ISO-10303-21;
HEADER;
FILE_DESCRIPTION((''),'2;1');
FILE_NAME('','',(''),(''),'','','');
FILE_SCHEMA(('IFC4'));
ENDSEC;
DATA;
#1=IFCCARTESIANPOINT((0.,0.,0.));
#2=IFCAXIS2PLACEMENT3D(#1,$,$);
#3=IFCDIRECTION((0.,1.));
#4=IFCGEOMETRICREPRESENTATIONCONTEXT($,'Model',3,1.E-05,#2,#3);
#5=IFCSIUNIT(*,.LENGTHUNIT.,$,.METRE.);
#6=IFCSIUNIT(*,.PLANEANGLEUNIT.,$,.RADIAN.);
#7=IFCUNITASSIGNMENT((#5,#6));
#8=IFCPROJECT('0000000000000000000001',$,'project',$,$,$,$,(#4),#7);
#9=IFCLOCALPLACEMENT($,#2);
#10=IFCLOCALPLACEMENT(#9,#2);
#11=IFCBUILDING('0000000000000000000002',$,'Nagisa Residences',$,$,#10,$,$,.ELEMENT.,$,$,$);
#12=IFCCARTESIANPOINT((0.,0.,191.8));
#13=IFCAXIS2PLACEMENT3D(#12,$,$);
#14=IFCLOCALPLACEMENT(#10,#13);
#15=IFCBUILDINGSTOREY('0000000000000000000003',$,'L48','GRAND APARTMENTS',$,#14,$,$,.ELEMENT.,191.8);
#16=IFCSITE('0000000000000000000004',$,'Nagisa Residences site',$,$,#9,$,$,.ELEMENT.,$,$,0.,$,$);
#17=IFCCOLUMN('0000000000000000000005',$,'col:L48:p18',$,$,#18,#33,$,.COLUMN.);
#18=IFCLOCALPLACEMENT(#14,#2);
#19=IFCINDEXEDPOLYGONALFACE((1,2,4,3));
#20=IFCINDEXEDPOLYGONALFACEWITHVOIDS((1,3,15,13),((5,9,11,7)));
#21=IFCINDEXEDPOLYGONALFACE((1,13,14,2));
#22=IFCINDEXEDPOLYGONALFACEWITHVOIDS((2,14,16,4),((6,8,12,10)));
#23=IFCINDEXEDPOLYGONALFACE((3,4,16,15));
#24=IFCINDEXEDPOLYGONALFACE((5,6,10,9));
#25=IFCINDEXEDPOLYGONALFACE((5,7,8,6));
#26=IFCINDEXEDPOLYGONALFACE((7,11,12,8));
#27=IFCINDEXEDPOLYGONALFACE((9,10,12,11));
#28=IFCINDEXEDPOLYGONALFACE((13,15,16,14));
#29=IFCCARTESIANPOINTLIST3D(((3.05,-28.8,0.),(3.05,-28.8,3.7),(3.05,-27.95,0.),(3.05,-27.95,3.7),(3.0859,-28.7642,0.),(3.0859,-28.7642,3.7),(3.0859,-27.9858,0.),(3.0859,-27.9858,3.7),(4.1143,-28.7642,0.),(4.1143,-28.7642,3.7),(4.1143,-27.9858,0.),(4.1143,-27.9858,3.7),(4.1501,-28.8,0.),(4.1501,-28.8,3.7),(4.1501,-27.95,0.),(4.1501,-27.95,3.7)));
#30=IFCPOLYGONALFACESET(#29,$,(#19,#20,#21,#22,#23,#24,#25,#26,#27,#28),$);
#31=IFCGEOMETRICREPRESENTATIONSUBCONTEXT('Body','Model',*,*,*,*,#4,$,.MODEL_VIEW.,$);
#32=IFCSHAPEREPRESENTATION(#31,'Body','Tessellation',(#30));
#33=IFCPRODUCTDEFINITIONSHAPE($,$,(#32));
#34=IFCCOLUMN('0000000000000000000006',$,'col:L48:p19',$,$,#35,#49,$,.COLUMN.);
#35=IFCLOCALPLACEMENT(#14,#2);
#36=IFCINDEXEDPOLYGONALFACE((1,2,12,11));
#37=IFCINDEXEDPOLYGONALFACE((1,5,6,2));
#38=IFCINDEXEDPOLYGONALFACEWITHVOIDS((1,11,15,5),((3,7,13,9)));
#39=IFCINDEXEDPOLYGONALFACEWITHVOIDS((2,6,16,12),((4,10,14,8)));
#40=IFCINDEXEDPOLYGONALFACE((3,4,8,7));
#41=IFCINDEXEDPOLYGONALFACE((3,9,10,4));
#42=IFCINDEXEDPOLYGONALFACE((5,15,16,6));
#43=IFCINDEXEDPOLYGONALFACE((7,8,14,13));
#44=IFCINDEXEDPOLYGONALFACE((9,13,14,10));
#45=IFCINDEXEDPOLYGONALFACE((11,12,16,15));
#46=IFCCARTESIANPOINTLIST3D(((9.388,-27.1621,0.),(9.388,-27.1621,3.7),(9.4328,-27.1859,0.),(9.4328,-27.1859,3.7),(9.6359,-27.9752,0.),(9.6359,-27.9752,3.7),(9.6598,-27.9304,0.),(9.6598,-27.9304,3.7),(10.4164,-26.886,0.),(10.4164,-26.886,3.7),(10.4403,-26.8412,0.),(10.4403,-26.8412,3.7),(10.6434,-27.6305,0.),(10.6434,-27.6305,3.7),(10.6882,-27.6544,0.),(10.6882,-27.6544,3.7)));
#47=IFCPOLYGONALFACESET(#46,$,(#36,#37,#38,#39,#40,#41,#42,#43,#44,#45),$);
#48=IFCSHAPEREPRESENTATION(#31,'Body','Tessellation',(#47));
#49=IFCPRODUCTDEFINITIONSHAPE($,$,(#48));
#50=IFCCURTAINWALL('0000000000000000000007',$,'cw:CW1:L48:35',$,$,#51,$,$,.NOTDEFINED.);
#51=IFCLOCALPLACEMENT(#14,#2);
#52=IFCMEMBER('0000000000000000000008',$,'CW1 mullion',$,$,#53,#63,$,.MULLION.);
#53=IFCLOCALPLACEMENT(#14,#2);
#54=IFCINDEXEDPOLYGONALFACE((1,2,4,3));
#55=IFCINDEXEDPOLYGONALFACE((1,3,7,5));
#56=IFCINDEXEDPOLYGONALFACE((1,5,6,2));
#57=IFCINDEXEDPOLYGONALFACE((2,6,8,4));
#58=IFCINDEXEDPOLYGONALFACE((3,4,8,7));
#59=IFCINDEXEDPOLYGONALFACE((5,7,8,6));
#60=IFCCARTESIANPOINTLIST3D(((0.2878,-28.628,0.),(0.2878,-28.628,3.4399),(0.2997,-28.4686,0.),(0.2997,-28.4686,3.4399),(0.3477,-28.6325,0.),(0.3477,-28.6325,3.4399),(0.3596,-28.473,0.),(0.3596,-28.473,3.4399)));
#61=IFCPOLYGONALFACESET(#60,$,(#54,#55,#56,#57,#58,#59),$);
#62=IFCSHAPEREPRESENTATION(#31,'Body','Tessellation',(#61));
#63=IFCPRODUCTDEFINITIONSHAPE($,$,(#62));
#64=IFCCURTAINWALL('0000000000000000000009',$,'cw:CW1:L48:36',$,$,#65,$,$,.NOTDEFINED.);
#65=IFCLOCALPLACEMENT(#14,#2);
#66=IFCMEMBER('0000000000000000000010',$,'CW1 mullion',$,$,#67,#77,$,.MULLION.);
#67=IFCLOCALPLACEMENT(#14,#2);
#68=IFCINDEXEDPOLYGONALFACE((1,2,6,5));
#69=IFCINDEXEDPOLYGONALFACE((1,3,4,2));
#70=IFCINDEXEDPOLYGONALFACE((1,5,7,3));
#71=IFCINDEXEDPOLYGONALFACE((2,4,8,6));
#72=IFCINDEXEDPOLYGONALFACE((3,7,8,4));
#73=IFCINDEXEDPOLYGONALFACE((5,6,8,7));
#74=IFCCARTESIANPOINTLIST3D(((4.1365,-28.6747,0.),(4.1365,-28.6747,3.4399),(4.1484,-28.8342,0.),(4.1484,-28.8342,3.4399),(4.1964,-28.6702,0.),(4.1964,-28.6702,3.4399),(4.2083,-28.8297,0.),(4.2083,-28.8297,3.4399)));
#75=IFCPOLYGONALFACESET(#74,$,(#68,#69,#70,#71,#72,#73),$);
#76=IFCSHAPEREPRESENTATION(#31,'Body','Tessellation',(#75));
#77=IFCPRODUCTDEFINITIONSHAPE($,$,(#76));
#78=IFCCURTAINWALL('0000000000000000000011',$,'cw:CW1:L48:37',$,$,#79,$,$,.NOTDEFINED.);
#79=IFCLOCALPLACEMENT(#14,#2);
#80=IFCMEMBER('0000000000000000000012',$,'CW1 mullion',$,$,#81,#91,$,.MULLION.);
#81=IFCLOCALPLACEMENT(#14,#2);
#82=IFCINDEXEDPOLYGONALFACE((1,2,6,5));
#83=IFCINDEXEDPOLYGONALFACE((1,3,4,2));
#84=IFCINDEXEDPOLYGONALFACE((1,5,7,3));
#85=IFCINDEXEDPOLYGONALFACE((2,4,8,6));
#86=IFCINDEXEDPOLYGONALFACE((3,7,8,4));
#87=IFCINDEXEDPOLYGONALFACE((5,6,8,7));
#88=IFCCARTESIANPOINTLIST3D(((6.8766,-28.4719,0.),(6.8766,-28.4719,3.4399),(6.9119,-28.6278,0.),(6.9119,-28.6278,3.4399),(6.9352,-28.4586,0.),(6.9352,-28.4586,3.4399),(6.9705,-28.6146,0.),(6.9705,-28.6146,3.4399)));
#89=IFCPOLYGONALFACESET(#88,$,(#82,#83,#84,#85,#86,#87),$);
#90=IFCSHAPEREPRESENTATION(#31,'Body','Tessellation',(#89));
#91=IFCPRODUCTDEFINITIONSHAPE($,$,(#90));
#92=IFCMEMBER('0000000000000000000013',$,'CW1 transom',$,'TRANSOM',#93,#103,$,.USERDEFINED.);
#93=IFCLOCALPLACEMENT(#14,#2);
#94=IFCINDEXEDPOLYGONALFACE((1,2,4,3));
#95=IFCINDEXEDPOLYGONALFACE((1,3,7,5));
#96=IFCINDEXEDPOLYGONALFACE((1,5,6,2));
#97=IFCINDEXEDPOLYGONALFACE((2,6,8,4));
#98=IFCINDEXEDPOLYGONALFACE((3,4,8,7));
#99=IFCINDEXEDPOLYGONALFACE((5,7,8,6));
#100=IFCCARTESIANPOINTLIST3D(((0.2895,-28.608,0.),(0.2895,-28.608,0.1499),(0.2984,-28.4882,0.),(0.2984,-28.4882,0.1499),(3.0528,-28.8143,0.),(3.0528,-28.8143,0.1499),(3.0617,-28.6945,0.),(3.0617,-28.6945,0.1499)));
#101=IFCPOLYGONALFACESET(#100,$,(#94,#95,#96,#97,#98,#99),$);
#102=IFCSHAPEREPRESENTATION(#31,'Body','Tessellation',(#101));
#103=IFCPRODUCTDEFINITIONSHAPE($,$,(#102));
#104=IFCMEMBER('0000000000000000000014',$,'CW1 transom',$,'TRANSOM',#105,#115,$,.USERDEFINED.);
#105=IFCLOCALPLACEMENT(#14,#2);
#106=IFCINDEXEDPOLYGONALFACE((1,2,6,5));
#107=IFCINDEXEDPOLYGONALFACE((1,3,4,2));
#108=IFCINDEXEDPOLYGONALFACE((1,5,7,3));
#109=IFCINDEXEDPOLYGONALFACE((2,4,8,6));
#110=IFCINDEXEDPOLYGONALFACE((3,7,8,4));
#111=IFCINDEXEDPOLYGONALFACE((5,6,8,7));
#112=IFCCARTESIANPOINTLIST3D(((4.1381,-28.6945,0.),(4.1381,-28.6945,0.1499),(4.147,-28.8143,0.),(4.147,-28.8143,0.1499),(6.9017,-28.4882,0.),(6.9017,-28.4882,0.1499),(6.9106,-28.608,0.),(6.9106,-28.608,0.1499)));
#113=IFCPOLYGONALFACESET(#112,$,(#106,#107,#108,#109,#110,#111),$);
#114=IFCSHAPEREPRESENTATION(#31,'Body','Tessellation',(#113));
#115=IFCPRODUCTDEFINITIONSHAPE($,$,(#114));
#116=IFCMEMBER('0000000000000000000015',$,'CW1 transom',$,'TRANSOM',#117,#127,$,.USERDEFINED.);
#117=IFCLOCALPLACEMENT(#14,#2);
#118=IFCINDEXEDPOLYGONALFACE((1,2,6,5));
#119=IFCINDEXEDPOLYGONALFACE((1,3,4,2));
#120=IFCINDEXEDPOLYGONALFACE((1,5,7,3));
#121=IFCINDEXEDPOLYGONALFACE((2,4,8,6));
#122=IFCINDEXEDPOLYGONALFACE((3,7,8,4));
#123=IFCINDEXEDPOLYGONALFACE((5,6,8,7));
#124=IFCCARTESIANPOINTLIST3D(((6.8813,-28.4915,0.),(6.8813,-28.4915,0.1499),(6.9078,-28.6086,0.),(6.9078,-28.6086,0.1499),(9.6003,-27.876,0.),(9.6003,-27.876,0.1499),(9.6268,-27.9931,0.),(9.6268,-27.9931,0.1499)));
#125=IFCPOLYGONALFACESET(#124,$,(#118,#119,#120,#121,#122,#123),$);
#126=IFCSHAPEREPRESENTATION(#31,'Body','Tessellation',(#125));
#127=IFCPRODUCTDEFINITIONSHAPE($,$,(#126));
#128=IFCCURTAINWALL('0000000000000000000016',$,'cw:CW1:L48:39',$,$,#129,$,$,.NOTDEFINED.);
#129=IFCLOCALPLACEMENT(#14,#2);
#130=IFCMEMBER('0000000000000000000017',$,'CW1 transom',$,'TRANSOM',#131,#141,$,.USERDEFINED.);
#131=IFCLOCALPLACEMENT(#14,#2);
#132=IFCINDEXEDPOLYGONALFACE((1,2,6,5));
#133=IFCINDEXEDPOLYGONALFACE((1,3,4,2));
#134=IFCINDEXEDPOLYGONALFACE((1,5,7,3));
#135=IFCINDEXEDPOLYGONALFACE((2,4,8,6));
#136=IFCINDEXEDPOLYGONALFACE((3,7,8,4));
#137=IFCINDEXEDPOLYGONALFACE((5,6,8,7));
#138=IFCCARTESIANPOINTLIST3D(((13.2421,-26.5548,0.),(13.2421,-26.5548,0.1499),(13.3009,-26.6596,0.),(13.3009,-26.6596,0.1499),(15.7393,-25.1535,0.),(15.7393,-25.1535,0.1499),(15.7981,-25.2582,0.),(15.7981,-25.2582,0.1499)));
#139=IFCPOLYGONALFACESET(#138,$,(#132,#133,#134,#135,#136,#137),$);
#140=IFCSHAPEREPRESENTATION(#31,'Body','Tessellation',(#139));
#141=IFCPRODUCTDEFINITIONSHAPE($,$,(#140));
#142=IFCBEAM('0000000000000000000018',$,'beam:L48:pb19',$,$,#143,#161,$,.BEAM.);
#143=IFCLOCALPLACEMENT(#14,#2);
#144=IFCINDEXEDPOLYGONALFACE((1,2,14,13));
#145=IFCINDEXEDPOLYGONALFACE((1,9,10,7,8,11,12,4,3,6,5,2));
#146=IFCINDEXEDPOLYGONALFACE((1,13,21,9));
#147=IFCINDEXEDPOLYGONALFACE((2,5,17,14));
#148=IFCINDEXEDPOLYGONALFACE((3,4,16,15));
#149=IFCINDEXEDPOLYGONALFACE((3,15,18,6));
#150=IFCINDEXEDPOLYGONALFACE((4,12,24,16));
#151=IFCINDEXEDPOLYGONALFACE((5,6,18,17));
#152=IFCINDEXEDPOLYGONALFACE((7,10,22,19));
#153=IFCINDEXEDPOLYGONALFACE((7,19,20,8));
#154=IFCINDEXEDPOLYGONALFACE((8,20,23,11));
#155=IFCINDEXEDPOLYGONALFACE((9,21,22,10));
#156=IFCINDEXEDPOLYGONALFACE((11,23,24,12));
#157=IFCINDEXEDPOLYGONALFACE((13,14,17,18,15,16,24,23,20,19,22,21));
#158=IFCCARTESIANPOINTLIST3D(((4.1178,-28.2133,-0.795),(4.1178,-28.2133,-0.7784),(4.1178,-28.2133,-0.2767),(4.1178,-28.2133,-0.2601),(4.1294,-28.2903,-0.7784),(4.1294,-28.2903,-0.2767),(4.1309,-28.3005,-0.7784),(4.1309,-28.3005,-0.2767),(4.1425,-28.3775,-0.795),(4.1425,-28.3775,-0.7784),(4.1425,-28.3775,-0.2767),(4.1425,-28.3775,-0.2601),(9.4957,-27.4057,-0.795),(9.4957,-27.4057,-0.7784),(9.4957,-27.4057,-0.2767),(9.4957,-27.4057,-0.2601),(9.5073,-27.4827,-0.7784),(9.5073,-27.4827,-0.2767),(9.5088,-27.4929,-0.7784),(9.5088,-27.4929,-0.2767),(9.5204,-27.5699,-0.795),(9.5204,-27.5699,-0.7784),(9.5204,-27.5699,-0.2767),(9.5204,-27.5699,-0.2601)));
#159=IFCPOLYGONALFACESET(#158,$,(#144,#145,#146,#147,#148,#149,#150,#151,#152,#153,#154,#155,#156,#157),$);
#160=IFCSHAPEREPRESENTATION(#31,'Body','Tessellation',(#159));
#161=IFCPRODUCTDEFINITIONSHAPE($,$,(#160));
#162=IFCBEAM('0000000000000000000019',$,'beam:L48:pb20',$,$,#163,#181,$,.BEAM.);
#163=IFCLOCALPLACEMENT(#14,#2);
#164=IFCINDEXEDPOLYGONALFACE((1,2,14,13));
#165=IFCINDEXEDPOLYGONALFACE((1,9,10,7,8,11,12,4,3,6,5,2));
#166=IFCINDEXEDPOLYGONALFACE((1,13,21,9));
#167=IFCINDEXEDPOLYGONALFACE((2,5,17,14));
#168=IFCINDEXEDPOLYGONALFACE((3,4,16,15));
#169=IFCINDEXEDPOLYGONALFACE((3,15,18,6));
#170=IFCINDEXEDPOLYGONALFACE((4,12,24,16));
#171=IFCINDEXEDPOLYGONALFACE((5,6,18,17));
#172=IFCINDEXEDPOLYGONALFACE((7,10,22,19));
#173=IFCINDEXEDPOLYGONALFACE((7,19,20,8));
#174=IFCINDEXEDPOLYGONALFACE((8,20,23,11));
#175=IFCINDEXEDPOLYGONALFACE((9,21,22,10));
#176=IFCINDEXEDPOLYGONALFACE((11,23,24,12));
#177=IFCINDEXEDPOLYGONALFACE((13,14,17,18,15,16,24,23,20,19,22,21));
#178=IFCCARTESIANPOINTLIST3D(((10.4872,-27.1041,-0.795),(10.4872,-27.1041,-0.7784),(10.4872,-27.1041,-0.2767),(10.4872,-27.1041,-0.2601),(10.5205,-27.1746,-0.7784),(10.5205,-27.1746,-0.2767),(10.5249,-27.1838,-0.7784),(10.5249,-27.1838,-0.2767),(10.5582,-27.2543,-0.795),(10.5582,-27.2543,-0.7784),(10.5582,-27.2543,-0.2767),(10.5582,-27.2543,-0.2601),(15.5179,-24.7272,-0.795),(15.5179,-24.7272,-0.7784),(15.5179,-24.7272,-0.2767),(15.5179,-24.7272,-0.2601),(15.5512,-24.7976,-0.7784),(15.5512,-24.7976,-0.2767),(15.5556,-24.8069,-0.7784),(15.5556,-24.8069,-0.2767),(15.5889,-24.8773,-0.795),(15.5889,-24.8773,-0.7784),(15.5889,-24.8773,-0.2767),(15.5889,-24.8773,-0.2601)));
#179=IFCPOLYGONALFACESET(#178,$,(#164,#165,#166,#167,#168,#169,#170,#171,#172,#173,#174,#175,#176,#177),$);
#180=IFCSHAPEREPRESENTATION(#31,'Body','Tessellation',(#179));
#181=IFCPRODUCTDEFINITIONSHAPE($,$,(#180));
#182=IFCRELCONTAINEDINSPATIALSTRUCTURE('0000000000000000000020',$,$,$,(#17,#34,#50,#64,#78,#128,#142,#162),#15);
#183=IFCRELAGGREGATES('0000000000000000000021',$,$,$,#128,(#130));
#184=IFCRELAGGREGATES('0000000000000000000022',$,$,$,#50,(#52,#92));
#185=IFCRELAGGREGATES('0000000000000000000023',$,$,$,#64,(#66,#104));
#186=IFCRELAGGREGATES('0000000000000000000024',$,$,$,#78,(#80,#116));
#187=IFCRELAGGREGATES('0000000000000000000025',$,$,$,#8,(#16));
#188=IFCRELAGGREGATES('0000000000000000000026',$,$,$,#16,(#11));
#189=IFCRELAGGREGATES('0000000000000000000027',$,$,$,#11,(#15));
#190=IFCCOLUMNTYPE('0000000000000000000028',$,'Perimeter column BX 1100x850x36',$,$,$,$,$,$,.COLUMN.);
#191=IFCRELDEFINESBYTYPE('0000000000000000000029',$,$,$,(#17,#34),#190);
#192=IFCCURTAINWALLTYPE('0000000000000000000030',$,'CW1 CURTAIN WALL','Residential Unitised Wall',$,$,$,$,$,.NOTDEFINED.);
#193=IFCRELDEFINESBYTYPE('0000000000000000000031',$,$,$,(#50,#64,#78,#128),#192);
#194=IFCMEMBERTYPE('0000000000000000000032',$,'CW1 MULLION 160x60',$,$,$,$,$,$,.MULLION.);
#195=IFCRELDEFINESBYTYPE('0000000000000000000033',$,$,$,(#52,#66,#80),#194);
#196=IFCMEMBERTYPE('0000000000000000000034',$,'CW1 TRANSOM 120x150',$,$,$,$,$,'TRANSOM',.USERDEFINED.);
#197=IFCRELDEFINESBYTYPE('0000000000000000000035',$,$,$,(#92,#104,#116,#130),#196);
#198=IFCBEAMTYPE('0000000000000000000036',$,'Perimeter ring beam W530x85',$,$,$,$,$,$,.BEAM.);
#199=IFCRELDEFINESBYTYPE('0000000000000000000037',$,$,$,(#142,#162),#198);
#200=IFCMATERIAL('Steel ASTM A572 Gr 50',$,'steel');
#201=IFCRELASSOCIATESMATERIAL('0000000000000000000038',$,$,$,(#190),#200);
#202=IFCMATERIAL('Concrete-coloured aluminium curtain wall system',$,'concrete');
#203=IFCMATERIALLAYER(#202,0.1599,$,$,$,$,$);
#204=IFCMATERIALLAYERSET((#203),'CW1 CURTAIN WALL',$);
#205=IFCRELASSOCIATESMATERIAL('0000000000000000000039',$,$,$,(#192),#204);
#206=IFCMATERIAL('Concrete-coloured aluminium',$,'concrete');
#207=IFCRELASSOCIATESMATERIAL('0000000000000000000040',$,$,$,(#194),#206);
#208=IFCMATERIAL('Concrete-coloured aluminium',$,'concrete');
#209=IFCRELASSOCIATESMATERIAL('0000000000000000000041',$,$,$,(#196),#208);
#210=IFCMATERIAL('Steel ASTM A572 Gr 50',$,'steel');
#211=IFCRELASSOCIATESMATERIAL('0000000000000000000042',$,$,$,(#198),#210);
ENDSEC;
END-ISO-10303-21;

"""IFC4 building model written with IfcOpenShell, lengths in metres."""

from ifc_helpers import new_model, si_unit, direction, frame, origin, origin_2d, place, context, subcontext, project, spatial, rectangle, hollow_rectangle, i_section, extrude, material, layer, layer_set, material_profile, profile_set, type_object, element, aggregate, save


model = new_model("IFC4")

# Units and contexts
model_context = context("Model", 3, precision=1e-05, world=origin(), true_north=direction((0.0, 1.0)))
body_context = subcontext(model_context, "Body", "Model", "MODEL_VIEW")
ifc_project = project(units=[si_unit("LENGTHUNIT", "METRE"), si_unit("PLANEANGLEUNIT", "RADIAN")], contexts=[model_context])

# Site, building, storey
site_placement = place(None, origin())
site = spatial("IfcSite", under=ifc_project, at=site_placement, Name="Nagisa Residences site", CompositionType="ELEMENT", RefElevation=0.0)
building_placement = place(site_placement, origin())
building = spatial("IfcBuilding", under=site, at=building_placement, Name="Nagisa Residences", CompositionType="ELEMENT")
storey_placement = place(building_placement, frame((0.0, 0.0, 191.8)))
storey = spatial("IfcBuildingStorey", under=building, at=storey_placement, Name="L48", Description="GRAND APARTMENTS", CompositionType="ELEMENT", Elevation=191.8)

# Columns
ifc_material_1 = material(Name="Steel ASTM A572 Gr 50", Category="steel")
ifc_material_profile_1 = material_profile(ifc_material_1, hollow_rectangle(XDim=1.1001, YDim=0.8501, WallThickness=0.0359, at=origin_2d()), Name="BX 1100x850x36")
ifc_profile_set_1 = profile_set([ifc_material_profile_1], Name="Steel ASTM A572 Gr 50")
column_type = type_object("IfcColumnType", Name="Perimeter column BX 1100x850x36", PredefinedType="COLUMN", material=ifc_profile_set_1)
for number, where, z_axis, x_axis, name in (
    (1, (3.6001, -28.375, 0.0), (0.0, 0.0, 1.0), (1.0, 0.0, 0.0), "col:L48:p18"),
    (2, (10.0381, -27.4082, 0.0), (0.0, 0.0, 1.0), (0.956525, 0.291652, 0.0), "col:L48:p19"),
):
    element("IfcColumn", number, at=place(storey_placement, frame(where, z_axis=z_axis, x_axis=x_axis)), inside=storey, type_object=column_type, Name=name, PredefinedType="COLUMN", context=body_context, shape_type="SweptSolid", body=[
        extrude(hollow_rectangle(XDim=1.1001, YDim=0.8501, WallThickness=0.0359, at=origin_2d()), origin(), (0.0, 0.0, 1.0), 3.7),
    ])

# Curtain walls, members
ifc_material_2 = material(Name="Concrete-coloured aluminium curtain wall system", Category="concrete")
ifc_layer_1 = layer(ifc_material_2, 0.1599)
ifc_layer_set_1 = layer_set([ifc_layer_1], Name="CW1 CURTAIN WALL")
curtain_wall_type = type_object("IfcCurtainWallType", Name="CW1 CURTAIN WALL", Description="Residential Unitised Wall", PredefinedType="NOTDEFINED", material=ifc_layer_set_1)
curtain_wall_1_placement = place(storey_placement, origin())
curtain_wall_1 = element("IfcCurtainWall", 3, at=curtain_wall_1_placement, inside=storey, type_object=curtain_wall_type, Name="cw:CW1:L48:35", PredefinedType="NOTDEFINED")
ifc_material_3 = material(Name="Concrete-coloured aluminium", Category="concrete")
ifc_material_profile_2 = material_profile(ifc_material_3, rectangle(XDim=0.1599, YDim=0.0601, at=origin_2d()), Name="CW1 MULLION 160x60")
ifc_profile_set_2 = profile_set([ifc_material_profile_2], Name="Concrete-coloured aluminium")
member_type_1 = type_object("IfcMemberType", Name="CW1 MULLION 160x60", PredefinedType="MULLION", material=ifc_profile_set_2)
member_1_placement = place(storey_placement, frame((0.3237, -28.5505, 0.0), z_axis=(0.0, 0.0, 1.0), x_axis=(0.074377, 0.99723, 0.0)))
member_1 = element("IfcMember", 4, at=member_1_placement, type_object=member_type_1, Name="CW1 mullion", PredefinedType="MULLION", context=body_context, shape_type="SweptSolid", body=[
    extrude(rectangle(XDim=0.1599, YDim=0.0601, at=origin_2d()), origin(), (0.0, 0.0, 1.0), 3.4399),
])
curtain_wall_2_placement = place(storey_placement, origin())
curtain_wall_2 = element("IfcCurtainWall", 5, at=curtain_wall_2_placement, inside=storey, type_object=curtain_wall_type, Name="cw:CW1:L48:36", PredefinedType="NOTDEFINED")
member_2_placement = place(storey_placement, frame((4.1724, -28.7522, 0.0), z_axis=(0.0, 0.0, 1.0), x_axis=(-0.074377, 0.99723, 0.0)))
member_2 = element("IfcMember", 6, at=member_2_placement, type_object=member_type_1, Name="CW1 mullion", PredefinedType="MULLION", context=body_context, shape_type="SweptSolid", body=[
    extrude(rectangle(XDim=0.1599, YDim=0.0601, at=origin_2d()), origin(), (0.0, 0.0, 1.0), 3.4399),
])
curtain_wall_3_placement = place(storey_placement, origin())
curtain_wall_3 = element("IfcCurtainWall", 7, at=curtain_wall_3_placement, inside=storey, type_object=curtain_wall_type, Name="cw:CW1:L48:37", PredefinedType="NOTDEFINED")
member_3_placement = place(storey_placement, frame((6.9236, -28.5432, 0.0), z_axis=(0.0, 0.0, 1.0), x_axis=(-0.220764, 0.975327, 0.0)))
member_3 = element("IfcMember", 8, at=member_3_placement, type_object=member_type_1, Name="CW1 mullion", PredefinedType="MULLION", context=body_context, shape_type="SweptSolid", body=[
    extrude(rectangle(XDim=0.1599, YDim=0.0601, at=origin_2d()), origin(), (0.0, 0.0, 1.0), 3.4399),
])

# Members
ifc_material_4 = material(Name="Concrete-coloured aluminium", Category="concrete")
ifc_material_profile_3 = material_profile(ifc_material_4, rectangle(XDim=0.1201, YDim=0.1499, at=origin_2d()), Name="CW1 TRANSOM 120x150")
ifc_profile_set_3 = profile_set([ifc_material_profile_3], Name="Concrete-coloured aluminium")
member_type_2 = type_object("IfcMemberType", Name="CW1 TRANSOM 120x150", ElementType="TRANSOM", PredefinedType="USERDEFINED", material=ifc_profile_set_3)
member_4_placement = place(storey_placement, frame((0.2939, -28.5481, 0.075), z_axis=(0.997225, -0.074446, 0.0), x_axis=(0.074446, 0.997225, 0.0)))
member_4 = element("IfcMember", 9, at=member_4_placement, type_object=member_type_2, Name="CW1 transom", ObjectType="TRANSOM", PredefinedType="USERDEFINED", context=body_context, shape_type="SweptSolid", body=[
    extrude(rectangle(XDim=0.1201, YDim=0.1499, at=origin_2d()), origin(), (0.0, 0.0, 1.0), 2.771),
])
member_5_placement = place(storey_placement, frame((4.1426, -28.7544, 0.075), z_axis=(0.997226, 0.07444, 0.0), x_axis=(-0.07444, 0.997226, 0.0)))
member_5 = element("IfcMember", 10, at=member_5_placement, type_object=member_type_2, Name="CW1 transom", ObjectType="TRANSOM", PredefinedType="USERDEFINED", context=body_context, shape_type="SweptSolid", body=[
    extrude(rectangle(XDim=0.1201, YDim=0.1499, at=origin_2d()), origin(), (0.0, 0.0, 1.0), 2.7712),
])
member_6_placement = place(storey_placement, frame((6.8945, -28.55, 0.075), z_axis=(0.975324, 0.220777, 0.0), x_axis=(-0.220777, 0.975324, 0.0)))
member_6 = element("IfcMember", 11, at=member_6_placement, type_object=member_type_2, Name="CW1 transom", ObjectType="TRANSOM", PredefinedType="USERDEFINED", context=body_context, shape_type="SweptSolid", body=[
    extrude(rectangle(XDim=0.1201, YDim=0.1499, at=origin_2d()), origin(), (0.0, 0.0, 1.0), 2.7878),
])

# Curtain wall, member
curtain_wall_4_placement = place(storey_placement, origin())
curtain_wall_4 = element("IfcCurtainWall", 12, at=curtain_wall_4_placement, inside=storey, type_object=curtain_wall_type, Name="cw:CW1:L48:39", PredefinedType="NOTDEFINED")
member_7_placement = place(storey_placement, frame((13.2715, -26.6072, 0.075), z_axis=(0.872078, 0.489366, 0.0), x_axis=(-0.489366, 0.872078, 0.0)))
member_7 = element("IfcMember", 13, at=member_7_placement, type_object=member_type_2, Name="CW1 transom", ObjectType="TRANSOM", PredefinedType="USERDEFINED", context=body_context, shape_type="SweptSolid", body=[
    extrude(rectangle(XDim=0.1201, YDim=0.1499, at=origin_2d()), origin(), (0.0, 0.0, 1.0), 2.8635),
])
aggregate(curtain_wall_4, [member_7])

# Beams
ifc_material_5 = material(Name="Steel ASTM A572 Gr 50", Category="steel")
ifc_material_profile_4 = material_profile(ifc_material_5, i_section(OverallWidth=0.166, OverallDepth=0.5349, WebThickness=0.0103, FlangeThickness=0.0166, at=origin_2d()), Name="W530x85")
ifc_profile_set_4 = profile_set([ifc_material_profile_4], Name="Steel ASTM A572 Gr 50")
beam_type_1 = type_object("IfcBeamType", Name="Perimeter ring beam W530x85", PredefinedType="BEAM", material=ifc_profile_set_4)
beam_1_placement = place(storey_placement, frame((4.1301, -28.2954, -0.5276), z_axis=(0.988911, 0.148507, 0.0), x_axis=(-0.148507, 0.988911, 0.0)))
element("IfcBeam", 14, at=beam_1_placement, inside=storey, type_object=beam_type_1, Name="beam:L48:pb19", PredefinedType="BEAM", context=body_context, shape_type="SweptSolid", body=[
    extrude(i_section(OverallWidth=0.166, OverallDepth=0.5349, WebThickness=0.0103, FlangeThickness=0.0166, at=origin_2d()), origin(), (0.0, 0.0, 1.0), 5.4382),
])
beam_2_placement = place(storey_placement, frame((10.5227, -27.1792, -0.5276), z_axis=(0.904157, 0.4272, 0.0), x_axis=(-0.4272, 0.904157, 0.0)))
element("IfcBeam", 15, at=beam_2_placement, inside=storey, type_object=beam_type_1, Name="beam:L48:pb20", PredefinedType="BEAM", context=body_context, shape_type="SweptSolid", body=[
    extrude(i_section(OverallWidth=0.166, OverallDepth=0.5349, WebThickness=0.0103, FlangeThickness=0.0166, at=origin_2d()), origin(), (0.0, 0.0, 1.0), 5.564),
])

aggregate(curtain_wall_1, [member_1, member_4])
aggregate(curtain_wall_2, [member_2, member_5])
aggregate(curtain_wall_3, [member_3, member_6])

save(model, "model.ifc")
